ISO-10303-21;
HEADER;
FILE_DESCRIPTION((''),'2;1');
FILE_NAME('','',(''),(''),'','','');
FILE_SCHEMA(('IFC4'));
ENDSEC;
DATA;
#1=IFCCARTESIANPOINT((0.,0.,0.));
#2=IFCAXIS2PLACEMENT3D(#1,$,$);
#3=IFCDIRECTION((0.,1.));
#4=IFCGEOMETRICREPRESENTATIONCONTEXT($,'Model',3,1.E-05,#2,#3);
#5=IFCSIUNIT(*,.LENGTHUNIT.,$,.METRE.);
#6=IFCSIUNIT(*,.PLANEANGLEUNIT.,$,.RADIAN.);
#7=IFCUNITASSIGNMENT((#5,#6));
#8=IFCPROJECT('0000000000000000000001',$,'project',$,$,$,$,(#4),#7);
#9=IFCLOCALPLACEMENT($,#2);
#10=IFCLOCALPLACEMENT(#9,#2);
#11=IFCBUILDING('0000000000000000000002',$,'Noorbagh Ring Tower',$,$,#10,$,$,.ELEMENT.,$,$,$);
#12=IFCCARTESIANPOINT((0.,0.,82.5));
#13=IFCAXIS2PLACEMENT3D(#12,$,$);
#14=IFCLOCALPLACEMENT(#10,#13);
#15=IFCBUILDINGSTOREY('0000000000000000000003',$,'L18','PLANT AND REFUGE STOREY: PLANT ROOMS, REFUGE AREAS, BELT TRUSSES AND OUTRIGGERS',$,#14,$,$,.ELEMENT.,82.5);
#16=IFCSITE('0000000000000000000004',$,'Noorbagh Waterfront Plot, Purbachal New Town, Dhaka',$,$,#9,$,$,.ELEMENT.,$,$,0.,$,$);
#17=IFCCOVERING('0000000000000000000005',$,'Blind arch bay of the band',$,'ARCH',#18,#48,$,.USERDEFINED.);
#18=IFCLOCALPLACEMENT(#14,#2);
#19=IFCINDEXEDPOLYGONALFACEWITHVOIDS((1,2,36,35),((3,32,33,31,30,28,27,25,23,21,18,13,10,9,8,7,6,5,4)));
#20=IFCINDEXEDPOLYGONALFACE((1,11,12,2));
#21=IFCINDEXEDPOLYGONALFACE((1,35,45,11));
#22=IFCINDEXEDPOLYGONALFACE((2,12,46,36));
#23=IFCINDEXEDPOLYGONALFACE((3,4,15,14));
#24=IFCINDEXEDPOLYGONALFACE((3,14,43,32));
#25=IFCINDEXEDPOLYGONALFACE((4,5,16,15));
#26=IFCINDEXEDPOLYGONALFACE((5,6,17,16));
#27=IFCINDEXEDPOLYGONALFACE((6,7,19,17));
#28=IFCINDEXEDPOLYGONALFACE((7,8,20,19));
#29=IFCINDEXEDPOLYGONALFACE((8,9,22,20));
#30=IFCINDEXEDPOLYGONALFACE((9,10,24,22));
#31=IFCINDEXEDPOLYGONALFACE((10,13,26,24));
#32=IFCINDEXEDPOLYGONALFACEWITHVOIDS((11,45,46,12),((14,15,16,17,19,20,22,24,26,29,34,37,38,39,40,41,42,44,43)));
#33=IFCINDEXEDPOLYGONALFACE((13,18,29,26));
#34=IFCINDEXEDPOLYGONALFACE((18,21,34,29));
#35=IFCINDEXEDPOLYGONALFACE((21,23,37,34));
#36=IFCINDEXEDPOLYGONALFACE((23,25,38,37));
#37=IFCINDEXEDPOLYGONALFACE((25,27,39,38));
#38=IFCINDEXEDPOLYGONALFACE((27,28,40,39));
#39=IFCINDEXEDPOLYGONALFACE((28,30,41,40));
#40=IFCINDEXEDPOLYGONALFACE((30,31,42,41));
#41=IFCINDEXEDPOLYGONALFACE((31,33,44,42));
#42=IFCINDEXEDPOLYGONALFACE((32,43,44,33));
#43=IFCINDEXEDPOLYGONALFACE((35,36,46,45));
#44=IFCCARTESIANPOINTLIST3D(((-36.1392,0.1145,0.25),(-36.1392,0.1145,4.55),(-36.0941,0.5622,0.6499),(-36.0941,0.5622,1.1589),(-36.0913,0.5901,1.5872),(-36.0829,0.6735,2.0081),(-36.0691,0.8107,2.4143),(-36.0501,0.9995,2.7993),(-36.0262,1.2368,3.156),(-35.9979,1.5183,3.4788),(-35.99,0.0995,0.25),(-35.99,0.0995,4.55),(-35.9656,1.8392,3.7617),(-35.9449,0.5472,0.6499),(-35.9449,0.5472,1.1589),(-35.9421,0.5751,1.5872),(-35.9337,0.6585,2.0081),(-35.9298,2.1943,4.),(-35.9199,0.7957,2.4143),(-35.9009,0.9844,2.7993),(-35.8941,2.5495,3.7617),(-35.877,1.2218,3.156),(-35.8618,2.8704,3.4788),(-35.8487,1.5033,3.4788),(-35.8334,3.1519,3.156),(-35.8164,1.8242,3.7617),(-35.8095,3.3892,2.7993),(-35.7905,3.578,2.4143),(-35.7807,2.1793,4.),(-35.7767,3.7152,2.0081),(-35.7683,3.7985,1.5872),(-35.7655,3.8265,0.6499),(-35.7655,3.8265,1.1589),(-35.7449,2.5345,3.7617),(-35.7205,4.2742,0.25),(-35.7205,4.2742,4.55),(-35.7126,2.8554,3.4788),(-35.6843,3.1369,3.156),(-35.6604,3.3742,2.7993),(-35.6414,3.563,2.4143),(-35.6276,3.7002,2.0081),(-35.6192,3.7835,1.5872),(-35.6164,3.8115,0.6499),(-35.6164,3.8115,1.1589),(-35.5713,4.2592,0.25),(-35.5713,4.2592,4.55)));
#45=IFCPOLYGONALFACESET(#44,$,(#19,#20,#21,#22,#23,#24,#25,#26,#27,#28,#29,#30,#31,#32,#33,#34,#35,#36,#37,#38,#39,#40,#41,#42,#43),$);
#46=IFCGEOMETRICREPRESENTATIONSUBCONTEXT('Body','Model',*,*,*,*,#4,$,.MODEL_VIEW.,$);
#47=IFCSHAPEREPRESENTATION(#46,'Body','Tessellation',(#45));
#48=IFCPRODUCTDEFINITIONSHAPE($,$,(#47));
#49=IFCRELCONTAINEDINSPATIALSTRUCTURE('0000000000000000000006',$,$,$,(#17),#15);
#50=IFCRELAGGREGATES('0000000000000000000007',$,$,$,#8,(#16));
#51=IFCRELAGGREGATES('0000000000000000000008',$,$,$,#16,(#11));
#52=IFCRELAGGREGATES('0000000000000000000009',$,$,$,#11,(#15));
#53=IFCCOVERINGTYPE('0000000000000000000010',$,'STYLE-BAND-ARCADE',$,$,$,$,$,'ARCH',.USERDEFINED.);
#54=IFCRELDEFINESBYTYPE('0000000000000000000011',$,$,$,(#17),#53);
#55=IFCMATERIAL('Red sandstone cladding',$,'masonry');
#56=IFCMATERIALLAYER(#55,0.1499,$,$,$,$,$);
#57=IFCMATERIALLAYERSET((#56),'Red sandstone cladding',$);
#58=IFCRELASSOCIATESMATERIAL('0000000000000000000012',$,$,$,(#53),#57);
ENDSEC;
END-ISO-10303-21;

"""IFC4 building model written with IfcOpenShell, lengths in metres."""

from ifc_helpers import new_model, si_unit, direction, frame, origin, place, context, subcontext, project, spatial, polyline, outline, extrude, material, layer, layer_set, type_object, element, save


model = new_model("IFC4")

# Units and contexts
model_context = context("Model", 3, precision=1e-05, world=origin(), true_north=direction((0.0, 1.0)))
body_context = subcontext(model_context, "Body", "Model", "MODEL_VIEW")
ifc_project = project(units=[si_unit("LENGTHUNIT", "METRE"), si_unit("PLANEANGLEUNIT", "RADIAN")], contexts=[model_context])

# Site, building, storey
site_placement = place(None, origin())
site = spatial("IfcSite", under=ifc_project, at=site_placement, Name="Noorbagh Waterfront Plot, Purbachal New Town, Dhaka", CompositionType="ELEMENT", RefElevation=0.0)
building_placement = place(site_placement, origin())
building = spatial("IfcBuilding", under=site, at=building_placement, Name="Noorbagh Ring Tower", CompositionType="ELEMENT")
storey_placement = place(building_placement, frame((0.0, 0.0, 82.5)))
storey = spatial("IfcBuildingStorey", under=building, at=storey_placement, Name="L18", Description="PLANT AND REFUGE STOREY: PLANT ROOMS, REFUGE AREAS, BELT TRUSSES AND OUTRIGGERS", CompositionType="ELEMENT", Elevation=82.5)

# Covering
ifc_material_1 = material(Name="Red sandstone cladding", Category="masonry")
ifc_layer_1 = layer(ifc_material_1, 0.1499)
ifc_layer_set_1 = layer_set([ifc_layer_1], Name="Red sandstone cladding")
covering_type_1 = type_object("IfcCoveringType", Name="STYLE-BAND-ARCADE", ElementType="ARCH", PredefinedType="USERDEFINED", material=ifc_layer_set_1)
covering_1_placement = place(storey_placement, frame((-35.7205, 4.2742, 0.25), z_axis=(-0.994972, 0.100151, 0.0), x_axis=(-0.100151, -0.994972, 0.0)))
element("IfcCovering", 1, at=covering_1_placement, inside=storey, type_object=covering_type_1, Name="Blind arch bay of the band", ObjectType="ARCH", PredefinedType="USERDEFINED", context=body_context, shape_type="SweptSolid", body=[
    extrude(outline(polyline([(0.0, 0.0), (4.1807, 0.0), (4.1807, 4.3), (0.0, 4.3), (0.0, 0.0)]), holes=[polyline([(0.45, 0.3999), (0.45, 0.9089), (0.478, 1.3372), (0.5618, 1.7581), (0.6997, 2.1643), (0.8894, 2.5493), (1.1279, 2.906), (1.4109, 3.2288), (1.7334, 3.5117), (2.0903, 3.75), (2.4473, 3.5117), (2.7698, 3.2288), (3.0527, 2.906), (3.2913, 2.5493), (3.481, 2.1643), (3.6189, 1.7581), (3.7026, 1.3372), (3.7307, 0.9089), (3.7307, 0.3999), (0.45, 0.3999)])]), origin(), (0.0, 0.0, -1.0), 0.1499),
])

save(model, "model.ifc")
